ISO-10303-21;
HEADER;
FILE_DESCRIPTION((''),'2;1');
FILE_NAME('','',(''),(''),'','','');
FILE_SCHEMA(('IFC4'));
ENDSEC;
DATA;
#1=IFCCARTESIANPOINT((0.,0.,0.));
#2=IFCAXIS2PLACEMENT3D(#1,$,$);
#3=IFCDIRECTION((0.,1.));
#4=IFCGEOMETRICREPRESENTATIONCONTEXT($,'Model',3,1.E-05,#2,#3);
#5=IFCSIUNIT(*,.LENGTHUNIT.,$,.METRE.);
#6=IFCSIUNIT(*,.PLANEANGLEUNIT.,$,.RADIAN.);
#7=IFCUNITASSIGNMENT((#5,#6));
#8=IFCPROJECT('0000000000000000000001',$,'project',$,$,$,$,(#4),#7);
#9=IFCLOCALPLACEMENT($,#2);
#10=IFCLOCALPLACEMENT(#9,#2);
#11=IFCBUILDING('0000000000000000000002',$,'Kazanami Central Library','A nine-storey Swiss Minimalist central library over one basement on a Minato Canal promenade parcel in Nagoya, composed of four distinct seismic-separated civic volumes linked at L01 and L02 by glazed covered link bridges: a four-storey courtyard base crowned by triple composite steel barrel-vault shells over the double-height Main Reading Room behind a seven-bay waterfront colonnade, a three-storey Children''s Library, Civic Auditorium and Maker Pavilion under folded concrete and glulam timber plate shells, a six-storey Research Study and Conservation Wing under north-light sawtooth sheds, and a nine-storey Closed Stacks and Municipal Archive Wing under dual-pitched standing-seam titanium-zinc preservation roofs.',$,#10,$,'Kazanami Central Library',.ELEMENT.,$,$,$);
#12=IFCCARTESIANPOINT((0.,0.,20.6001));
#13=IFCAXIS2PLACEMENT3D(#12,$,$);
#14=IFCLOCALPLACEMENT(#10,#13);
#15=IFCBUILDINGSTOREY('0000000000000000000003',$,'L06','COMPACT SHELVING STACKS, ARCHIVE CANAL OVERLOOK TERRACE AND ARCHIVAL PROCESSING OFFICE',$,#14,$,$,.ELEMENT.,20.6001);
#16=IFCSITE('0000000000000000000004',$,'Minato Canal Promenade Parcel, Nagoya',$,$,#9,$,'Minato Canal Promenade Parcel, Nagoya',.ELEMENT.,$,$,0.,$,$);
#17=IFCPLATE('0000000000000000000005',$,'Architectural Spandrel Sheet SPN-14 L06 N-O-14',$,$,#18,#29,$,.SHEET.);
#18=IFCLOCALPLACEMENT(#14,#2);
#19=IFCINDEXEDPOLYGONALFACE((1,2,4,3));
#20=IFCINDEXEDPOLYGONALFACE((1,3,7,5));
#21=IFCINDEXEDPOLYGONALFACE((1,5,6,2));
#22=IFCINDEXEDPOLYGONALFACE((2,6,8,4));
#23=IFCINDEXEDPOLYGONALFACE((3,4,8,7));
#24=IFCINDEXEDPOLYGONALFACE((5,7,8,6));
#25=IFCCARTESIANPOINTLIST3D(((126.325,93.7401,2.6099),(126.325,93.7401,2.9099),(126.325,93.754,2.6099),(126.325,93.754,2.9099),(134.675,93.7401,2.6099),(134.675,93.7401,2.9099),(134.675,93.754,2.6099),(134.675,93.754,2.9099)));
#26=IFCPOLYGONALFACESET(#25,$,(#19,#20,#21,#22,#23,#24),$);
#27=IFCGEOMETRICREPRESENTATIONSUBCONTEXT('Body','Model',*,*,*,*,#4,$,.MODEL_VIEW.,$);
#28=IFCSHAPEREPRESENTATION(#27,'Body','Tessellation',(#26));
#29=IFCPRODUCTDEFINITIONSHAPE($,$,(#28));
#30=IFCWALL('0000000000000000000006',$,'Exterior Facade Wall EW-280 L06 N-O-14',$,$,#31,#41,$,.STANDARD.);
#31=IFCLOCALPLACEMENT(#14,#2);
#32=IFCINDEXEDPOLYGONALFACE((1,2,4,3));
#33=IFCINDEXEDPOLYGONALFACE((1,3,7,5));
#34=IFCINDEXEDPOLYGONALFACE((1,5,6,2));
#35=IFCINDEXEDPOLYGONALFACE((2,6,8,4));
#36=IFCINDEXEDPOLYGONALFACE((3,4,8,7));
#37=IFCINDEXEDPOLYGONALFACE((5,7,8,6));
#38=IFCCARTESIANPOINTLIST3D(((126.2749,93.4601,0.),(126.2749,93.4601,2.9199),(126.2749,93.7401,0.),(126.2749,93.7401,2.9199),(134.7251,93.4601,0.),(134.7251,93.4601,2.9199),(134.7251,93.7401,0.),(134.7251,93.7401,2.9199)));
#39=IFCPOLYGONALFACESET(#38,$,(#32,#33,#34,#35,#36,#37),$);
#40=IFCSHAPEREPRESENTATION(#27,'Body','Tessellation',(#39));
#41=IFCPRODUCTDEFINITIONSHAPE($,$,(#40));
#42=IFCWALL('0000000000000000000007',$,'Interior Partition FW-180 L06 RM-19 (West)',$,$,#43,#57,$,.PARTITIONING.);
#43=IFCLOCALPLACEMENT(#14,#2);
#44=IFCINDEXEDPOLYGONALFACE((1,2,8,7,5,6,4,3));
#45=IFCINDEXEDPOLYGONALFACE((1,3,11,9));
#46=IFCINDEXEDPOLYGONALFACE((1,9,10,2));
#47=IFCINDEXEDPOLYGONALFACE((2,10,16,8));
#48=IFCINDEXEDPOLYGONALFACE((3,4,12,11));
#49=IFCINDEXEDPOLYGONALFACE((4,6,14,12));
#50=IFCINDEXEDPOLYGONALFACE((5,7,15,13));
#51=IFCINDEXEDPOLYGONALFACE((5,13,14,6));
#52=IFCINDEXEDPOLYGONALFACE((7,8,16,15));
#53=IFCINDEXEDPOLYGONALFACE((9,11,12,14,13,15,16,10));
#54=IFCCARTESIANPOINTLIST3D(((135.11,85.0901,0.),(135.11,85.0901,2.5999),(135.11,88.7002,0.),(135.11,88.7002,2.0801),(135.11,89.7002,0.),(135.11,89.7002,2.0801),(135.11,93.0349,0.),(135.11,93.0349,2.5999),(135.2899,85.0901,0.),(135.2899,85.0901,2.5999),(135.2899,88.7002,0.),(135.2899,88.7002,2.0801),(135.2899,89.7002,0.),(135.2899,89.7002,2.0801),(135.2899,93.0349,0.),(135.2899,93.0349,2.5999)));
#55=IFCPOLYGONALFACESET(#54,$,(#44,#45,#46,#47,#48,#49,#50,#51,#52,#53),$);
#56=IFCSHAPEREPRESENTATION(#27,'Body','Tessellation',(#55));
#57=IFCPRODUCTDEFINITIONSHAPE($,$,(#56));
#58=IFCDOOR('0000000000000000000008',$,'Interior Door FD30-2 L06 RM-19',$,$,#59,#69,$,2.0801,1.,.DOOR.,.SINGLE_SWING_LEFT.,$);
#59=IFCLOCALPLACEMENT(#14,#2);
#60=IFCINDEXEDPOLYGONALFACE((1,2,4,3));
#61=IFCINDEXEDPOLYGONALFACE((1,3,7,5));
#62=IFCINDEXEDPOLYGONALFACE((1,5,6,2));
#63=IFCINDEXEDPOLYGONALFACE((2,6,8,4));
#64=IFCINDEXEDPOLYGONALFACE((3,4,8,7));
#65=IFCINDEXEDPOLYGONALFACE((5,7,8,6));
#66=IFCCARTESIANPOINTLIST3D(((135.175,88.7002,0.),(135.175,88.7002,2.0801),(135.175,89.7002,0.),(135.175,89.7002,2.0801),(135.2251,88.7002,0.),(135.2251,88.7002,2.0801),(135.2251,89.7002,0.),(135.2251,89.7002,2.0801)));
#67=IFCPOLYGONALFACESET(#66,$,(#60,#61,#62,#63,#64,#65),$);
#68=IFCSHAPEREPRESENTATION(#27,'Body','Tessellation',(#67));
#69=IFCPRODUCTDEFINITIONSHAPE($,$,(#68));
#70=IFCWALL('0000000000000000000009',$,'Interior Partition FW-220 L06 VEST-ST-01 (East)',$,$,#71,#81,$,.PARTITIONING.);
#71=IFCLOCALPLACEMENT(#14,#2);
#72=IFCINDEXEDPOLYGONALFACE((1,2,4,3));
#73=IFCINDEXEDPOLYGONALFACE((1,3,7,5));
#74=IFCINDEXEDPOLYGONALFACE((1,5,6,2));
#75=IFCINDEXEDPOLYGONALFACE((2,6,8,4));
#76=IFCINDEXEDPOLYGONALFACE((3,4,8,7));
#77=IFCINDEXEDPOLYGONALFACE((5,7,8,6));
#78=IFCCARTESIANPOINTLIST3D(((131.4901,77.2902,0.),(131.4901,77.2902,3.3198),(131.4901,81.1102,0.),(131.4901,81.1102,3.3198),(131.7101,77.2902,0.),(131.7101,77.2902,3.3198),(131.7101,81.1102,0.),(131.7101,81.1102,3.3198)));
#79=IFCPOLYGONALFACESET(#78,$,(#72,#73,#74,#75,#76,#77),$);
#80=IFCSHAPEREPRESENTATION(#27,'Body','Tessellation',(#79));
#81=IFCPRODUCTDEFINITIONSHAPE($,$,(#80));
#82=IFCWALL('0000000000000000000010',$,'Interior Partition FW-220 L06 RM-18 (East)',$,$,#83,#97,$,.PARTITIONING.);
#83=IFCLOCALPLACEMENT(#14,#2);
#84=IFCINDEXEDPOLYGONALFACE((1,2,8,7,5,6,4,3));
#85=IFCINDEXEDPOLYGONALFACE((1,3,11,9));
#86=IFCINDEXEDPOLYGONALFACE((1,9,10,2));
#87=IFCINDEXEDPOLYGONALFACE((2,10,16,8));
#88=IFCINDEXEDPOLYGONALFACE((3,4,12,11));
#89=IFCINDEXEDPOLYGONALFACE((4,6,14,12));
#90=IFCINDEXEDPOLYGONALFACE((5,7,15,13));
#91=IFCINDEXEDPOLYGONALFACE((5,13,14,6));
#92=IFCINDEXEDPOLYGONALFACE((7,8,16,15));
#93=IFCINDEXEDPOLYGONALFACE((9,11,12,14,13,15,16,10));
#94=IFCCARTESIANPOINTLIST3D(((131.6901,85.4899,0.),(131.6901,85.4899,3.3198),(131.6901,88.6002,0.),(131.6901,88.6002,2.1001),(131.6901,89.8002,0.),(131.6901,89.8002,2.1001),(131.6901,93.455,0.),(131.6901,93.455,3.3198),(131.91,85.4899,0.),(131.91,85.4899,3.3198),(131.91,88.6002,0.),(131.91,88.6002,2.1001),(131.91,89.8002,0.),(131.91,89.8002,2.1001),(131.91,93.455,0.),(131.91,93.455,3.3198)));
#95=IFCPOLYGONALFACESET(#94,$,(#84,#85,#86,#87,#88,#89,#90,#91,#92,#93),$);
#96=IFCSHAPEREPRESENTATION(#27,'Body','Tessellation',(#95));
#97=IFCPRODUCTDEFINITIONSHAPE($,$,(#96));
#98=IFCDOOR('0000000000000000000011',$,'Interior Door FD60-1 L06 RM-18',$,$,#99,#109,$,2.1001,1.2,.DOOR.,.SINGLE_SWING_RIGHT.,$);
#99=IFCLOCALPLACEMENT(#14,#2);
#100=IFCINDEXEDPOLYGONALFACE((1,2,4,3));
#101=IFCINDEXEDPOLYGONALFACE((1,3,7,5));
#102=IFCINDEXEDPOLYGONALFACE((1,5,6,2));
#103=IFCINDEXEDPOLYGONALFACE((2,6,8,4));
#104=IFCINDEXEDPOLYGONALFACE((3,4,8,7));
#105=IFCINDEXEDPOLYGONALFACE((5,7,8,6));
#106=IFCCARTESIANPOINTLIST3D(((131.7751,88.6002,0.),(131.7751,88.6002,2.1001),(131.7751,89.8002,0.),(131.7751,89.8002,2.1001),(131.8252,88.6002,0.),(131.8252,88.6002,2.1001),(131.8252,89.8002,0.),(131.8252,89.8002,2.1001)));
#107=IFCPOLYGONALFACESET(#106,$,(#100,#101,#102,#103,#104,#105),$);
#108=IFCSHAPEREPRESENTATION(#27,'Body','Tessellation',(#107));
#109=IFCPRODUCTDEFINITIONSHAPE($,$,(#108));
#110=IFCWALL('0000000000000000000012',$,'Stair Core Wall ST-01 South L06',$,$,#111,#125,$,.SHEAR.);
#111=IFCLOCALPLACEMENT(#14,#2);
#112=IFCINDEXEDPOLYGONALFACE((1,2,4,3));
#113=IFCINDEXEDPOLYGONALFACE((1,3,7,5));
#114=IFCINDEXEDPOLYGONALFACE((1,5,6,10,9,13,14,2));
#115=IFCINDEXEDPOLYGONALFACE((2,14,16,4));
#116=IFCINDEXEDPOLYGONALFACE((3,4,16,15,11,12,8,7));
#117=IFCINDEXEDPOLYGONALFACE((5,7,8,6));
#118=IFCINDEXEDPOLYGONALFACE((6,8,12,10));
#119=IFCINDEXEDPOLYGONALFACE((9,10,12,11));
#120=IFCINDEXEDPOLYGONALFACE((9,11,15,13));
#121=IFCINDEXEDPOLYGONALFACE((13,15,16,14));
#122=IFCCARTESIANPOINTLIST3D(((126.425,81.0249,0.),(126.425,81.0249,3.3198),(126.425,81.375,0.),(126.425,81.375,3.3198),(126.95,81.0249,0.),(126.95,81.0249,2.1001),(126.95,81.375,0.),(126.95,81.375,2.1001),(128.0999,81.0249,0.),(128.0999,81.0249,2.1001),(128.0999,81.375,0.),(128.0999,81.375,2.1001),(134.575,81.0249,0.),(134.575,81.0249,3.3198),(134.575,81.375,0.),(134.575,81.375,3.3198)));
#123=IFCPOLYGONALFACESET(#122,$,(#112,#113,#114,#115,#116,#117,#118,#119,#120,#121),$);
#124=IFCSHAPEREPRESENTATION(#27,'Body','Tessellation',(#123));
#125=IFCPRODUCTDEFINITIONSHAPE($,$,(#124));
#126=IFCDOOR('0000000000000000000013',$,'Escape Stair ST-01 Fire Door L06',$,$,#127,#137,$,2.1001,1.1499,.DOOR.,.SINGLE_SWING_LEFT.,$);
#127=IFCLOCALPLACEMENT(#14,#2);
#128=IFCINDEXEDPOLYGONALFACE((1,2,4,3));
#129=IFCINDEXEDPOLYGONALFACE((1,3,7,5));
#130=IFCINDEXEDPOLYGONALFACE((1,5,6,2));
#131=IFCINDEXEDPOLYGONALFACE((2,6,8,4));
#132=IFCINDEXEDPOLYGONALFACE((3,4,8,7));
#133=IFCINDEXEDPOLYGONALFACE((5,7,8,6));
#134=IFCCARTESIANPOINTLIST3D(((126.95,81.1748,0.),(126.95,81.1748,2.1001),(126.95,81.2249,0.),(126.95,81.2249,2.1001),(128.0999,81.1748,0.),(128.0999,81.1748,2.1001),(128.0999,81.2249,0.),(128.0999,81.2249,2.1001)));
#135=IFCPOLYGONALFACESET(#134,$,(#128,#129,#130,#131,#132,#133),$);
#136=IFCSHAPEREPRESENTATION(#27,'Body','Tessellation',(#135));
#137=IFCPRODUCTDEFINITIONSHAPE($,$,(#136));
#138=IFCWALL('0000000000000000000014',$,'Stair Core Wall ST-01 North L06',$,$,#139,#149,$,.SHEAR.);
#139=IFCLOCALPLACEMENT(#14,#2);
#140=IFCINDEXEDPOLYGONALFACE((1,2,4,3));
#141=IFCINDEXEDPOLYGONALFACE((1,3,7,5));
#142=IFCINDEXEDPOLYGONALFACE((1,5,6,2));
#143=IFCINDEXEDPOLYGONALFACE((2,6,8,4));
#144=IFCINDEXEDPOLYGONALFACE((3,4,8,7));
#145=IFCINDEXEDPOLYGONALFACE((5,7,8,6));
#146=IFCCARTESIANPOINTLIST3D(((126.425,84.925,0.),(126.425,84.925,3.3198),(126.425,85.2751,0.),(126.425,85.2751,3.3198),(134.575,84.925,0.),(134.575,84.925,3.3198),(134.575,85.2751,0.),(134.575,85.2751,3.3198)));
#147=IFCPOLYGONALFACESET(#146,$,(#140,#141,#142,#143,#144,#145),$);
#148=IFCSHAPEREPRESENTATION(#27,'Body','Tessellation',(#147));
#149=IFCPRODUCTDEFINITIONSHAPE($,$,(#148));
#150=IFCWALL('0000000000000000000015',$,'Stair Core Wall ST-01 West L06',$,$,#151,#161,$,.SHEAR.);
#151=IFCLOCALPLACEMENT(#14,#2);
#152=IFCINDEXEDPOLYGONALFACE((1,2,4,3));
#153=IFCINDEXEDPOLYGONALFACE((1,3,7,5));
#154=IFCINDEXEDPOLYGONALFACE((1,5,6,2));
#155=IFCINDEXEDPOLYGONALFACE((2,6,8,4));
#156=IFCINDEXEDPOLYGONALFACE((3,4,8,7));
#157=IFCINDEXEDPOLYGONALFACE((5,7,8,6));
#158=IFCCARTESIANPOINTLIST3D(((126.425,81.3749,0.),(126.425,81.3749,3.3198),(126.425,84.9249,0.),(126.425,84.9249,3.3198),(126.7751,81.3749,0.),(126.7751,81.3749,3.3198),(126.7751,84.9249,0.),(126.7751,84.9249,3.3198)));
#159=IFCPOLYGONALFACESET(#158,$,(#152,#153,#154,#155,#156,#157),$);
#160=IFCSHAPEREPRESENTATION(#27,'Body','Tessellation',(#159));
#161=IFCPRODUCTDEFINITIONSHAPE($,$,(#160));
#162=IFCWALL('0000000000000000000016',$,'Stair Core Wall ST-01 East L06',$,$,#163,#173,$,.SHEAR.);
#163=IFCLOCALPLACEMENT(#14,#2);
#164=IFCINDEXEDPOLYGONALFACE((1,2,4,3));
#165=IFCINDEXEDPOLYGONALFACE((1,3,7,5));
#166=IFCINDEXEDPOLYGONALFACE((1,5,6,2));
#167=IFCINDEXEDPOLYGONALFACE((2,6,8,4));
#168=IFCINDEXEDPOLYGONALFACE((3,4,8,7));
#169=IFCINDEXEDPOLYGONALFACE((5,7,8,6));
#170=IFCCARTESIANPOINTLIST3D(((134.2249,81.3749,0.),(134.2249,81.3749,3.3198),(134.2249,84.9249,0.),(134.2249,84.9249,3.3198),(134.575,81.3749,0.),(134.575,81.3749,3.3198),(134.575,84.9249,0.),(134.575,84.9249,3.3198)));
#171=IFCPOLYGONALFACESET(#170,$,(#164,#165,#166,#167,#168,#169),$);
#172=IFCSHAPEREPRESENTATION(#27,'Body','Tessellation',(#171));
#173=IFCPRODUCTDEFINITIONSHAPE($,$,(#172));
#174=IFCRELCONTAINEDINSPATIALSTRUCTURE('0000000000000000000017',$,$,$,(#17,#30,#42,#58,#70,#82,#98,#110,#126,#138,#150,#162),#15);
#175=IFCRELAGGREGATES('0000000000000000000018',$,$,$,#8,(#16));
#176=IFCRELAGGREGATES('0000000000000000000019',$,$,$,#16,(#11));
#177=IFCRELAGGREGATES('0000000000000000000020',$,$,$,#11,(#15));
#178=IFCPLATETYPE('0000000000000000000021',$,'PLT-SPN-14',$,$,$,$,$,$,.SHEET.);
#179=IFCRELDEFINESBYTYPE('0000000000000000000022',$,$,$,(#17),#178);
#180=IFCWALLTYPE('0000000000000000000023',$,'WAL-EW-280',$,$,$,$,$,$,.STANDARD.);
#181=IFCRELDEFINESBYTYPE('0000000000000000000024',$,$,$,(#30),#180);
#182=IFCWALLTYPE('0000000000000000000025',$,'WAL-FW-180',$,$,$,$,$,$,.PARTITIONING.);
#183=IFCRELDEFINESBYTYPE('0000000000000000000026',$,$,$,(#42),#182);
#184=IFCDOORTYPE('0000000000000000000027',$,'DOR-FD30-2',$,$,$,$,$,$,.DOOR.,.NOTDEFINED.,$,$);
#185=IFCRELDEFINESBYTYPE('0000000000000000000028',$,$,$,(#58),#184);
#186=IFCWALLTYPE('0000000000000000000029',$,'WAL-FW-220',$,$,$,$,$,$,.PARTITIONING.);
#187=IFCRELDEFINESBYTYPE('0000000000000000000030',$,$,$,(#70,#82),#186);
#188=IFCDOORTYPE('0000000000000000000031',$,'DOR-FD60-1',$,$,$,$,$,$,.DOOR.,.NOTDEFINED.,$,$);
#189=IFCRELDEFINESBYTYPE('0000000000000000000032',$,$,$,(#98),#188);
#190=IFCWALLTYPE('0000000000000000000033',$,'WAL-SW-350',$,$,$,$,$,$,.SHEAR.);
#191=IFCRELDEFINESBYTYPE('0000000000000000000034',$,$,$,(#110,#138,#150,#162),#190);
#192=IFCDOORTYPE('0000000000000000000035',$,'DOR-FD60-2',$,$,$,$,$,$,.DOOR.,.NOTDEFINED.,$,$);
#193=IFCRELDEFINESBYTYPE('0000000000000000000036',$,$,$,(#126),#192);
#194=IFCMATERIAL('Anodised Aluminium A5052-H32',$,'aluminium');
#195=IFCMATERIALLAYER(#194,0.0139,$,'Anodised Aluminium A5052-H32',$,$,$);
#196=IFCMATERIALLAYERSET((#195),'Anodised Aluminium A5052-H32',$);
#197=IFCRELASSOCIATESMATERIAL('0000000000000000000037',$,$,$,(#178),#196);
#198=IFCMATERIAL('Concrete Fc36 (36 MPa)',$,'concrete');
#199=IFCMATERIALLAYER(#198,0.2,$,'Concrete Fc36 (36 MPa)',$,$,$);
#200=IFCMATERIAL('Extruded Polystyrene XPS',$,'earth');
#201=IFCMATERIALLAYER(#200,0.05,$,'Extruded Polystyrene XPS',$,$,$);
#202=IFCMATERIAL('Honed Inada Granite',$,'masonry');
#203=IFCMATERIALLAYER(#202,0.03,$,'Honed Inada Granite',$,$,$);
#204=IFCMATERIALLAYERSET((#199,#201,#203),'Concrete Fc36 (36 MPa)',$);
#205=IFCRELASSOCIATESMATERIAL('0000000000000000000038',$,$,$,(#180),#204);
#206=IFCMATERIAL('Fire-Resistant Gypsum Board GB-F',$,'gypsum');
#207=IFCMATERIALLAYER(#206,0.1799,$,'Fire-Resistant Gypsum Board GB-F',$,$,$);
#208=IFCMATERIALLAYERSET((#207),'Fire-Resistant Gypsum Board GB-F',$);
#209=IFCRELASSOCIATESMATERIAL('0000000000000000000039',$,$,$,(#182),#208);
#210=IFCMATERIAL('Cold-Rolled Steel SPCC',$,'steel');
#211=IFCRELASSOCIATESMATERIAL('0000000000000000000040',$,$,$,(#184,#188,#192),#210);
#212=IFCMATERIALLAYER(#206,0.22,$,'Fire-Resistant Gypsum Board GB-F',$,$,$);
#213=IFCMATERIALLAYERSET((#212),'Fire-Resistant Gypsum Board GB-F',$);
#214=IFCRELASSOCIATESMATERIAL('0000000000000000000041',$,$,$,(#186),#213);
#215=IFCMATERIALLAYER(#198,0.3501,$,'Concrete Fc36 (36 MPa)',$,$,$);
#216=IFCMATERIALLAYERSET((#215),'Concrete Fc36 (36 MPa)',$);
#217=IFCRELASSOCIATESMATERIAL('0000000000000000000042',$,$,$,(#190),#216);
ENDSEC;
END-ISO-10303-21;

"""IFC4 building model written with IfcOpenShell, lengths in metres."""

from ifc_helpers import new_model, si_unit, direction, frame, frame_2d, origin, origin_2d, place, context, subcontext, project, spatial, rectangle, extrude, material, layer, layer_set, type_object, element, fill, save


model = new_model("IFC4")

# Units and contexts
model_context = context("Model", 3, precision=1e-05, world=origin(), true_north=direction((0.0, 1.0)))
body_context = subcontext(model_context, "Body", "Model", "MODEL_VIEW")
ifc_project = project(units=[si_unit("LENGTHUNIT", "METRE"), si_unit("PLANEANGLEUNIT", "RADIAN")], contexts=[model_context])

# Site, building, storey
site_placement = place(None, origin())
site = spatial("IfcSite", under=ifc_project, at=site_placement, Name="Minato Canal Promenade Parcel, Nagoya", LongName="Minato Canal Promenade Parcel, Nagoya", CompositionType="ELEMENT", RefElevation=0.0)
building_placement = place(site_placement, origin())
building = spatial("IfcBuilding", under=site, at=building_placement, Name="Kazanami Central Library", Description="A nine-storey Swiss Minimalist central library over one basement on a Minato Canal promenade parcel in Nagoya, composed of four distinct seismic-separated civic volumes linked at L01 and L02 by glazed covered link bridges: a four-storey courtyard base crowned by triple composite steel barrel-vault shells over the double-height Main Reading Room behind a seven-bay waterfront colonnade, a three-storey Children's Library, Civic Auditorium and Maker Pavilion under folded concrete and glulam timber plate shells, a six-storey Research Study and Conservation Wing under north-light sawtooth sheds, and a nine-storey Closed Stacks and Municipal Archive Wing under dual-pitched standing-seam titanium-zinc preservation roofs.", LongName="Kazanami Central Library", CompositionType="ELEMENT")
storey_placement = place(building_placement, frame((0.0, 0.0, 20.6001)))
storey = spatial("IfcBuildingStorey", under=building, at=storey_placement, Name="L06", Description="COMPACT SHELVING STACKS, ARCHIVE CANAL OVERLOOK TERRACE AND ARCHIVAL PROCESSING OFFICE", CompositionType="ELEMENT", Elevation=20.6001)

# Plate
ifc_material_1 = material(Name="Anodised Aluminium A5052-H32", Category="aluminium")
ifc_layer_1 = layer(ifc_material_1, 0.0139, Name="Anodised Aluminium A5052-H32")
ifc_layer_set_1 = layer_set([ifc_layer_1], Name="Anodised Aluminium A5052-H32")
plate_type = type_object("IfcPlateType", Name="PLT-SPN-14", PredefinedType="SHEET", material=ifc_layer_set_1)
plate_placement = place(storey_placement, frame((130.5, 93.7471, 2.6099), z_axis=(0.0, 0.0, 1.0), x_axis=(-1.0, 0.0, 0.0)))
element("IfcPlate", 1, at=plate_placement, inside=storey, type_object=plate_type, Name="Architectural Spandrel Sheet SPN-14 L06 N-O-14", PredefinedType="SHEET", context=body_context, shape_type="SweptSolid", body=[
    extrude(rectangle(XDim=8.3501, YDim=0.0139, at=origin_2d()), origin(), (0.0, 0.0, 1.0), 0.3),
])

# Wall
ifc_material_2 = material(Name="Concrete Fc36 (36 MPa)", Category="concrete")
ifc_layer_2 = layer(ifc_material_2, 0.2, Name="Concrete Fc36 (36 MPa)")
ifc_material_3 = material(Name="Extruded Polystyrene XPS", Category="earth")
ifc_layer_3 = layer(ifc_material_3, 0.05, Name="Extruded Polystyrene XPS")
ifc_material_4 = material(Name="Honed Inada Granite", Category="masonry")
ifc_layer_4 = layer(ifc_material_4, 0.03, Name="Honed Inada Granite")
ifc_layer_set_2 = layer_set([ifc_layer_2, ifc_layer_3, ifc_layer_4], Name="Concrete Fc36 (36 MPa)")
wall_type_1 = type_object("IfcWallType", Name="WAL-EW-280", PredefinedType="STANDARD", material=ifc_layer_set_2)
wall_1_placement = place(storey_placement, frame((134.7251, 93.6001, 0.0), z_axis=(0.0, 0.0, 1.0), x_axis=(-1.0, 0.0, 0.0)))
element("IfcWall", 2, at=wall_1_placement, inside=storey, type_object=wall_type_1, Name="Exterior Facade Wall EW-280 L06 N-O-14", PredefinedType="STANDARD", context=body_context, shape_type="SweptSolid", body=[
    extrude(rectangle(XDim=8.4502, YDim=0.28, at=frame_2d((4.2251, 0.0))), origin(), (0.0, 0.0, 1.0), 2.9199),
])

# Wall, opening, door
ifc_material_5 = material(Name="Fire-Resistant Gypsum Board GB-F", Category="gypsum")
ifc_layer_5 = layer(ifc_material_5, 0.1799, Name="Fire-Resistant Gypsum Board GB-F")
ifc_layer_set_3 = layer_set([ifc_layer_5], Name="Fire-Resistant Gypsum Board GB-F")
wall_type_2 = type_object("IfcWallType", Name="WAL-FW-180", PredefinedType="PARTITIONING", material=ifc_layer_set_3)
wall_2_placement = place(storey_placement, frame((135.2, 85.0901, 0.0), z_axis=(0.0, 0.0, 1.0), x_axis=(0.0, 1.0, 0.0)))
wall_2 = element("IfcWall", 3, at=wall_2_placement, inside=storey, type_object=wall_type_2, Name="Interior Partition FW-180 L06 RM-19 (West)", PredefinedType="PARTITIONING", context=body_context, shape_type="SweptSolid", body=[
    extrude(rectangle(XDim=7.9448, YDim=0.1799, at=frame_2d((3.9724, 0.0))), origin(), (0.0, 0.0, 1.0), 2.5999),
])
opening_1_placement = place(wall_2_placement, frame((3.6101, 0.0, 0.0)))
opening_1 = element("IfcOpeningElement", 4, at=opening_1_placement, cuts=wall_2, PredefinedType="OPENING", context=body_context, shape_type="SweptSolid", body=[
    extrude(rectangle(XDim=1.0, YDim=2.0801, at=frame_2d((0.5, 1.04))), frame((0.0, 0.1021, 0.0), z_axis=(0.0, -1.0, 0.0), x_axis=(1.0, 0.0, 0.0)), (0.0, 0.0, 1.0), 0.2039),
])
ifc_material_6 = material(Name="Cold-Rolled Steel SPCC", Category="steel")
door_type_1 = type_object("IfcDoorType", Name="DOR-FD30-2", OperationType="NOTDEFINED", PredefinedType="DOOR", material=ifc_material_6)
door_1_placement = place(opening_1_placement, origin())
door_1 = element("IfcDoor", 5, at=door_1_placement, inside=storey, type_object=door_type_1, Name="Interior Door FD30-2 L06 RM-19", OperationType="SINGLE_SWING_LEFT", OverallHeight=2.0801, OverallWidth=1.0, PredefinedType="DOOR", context=body_context, shape_type="SweptSolid", body=[
    extrude(rectangle(XDim=1.0, YDim=2.0801, at=frame_2d((0.5, 1.04))), frame((0.0, 0.0249, 0.0), z_axis=(0.0, -1.0, 0.0), x_axis=(1.0, 0.0, 0.0)), (0.0, 0.0, 1.0), 0.05),
])
fill(opening_1, door_1)

# Wall
ifc_layer_6 = layer(ifc_material_5, 0.22, Name="Fire-Resistant Gypsum Board GB-F")
ifc_layer_set_4 = layer_set([ifc_layer_6], Name="Fire-Resistant Gypsum Board GB-F")
wall_type_3 = type_object("IfcWallType", Name="WAL-FW-220", PredefinedType="PARTITIONING", material=ifc_layer_set_4)
wall_3_placement = place(storey_placement, frame((131.6001, 77.29, 0.0), z_axis=(0.0, 0.0, 1.0), x_axis=(0.0, 1.0, 0.0)))
element("IfcWall", 6, at=wall_3_placement, inside=storey, type_object=wall_type_3, Name="Interior Partition FW-220 L06 VEST-ST-01 (East)", PredefinedType="PARTITIONING", context=body_context, shape_type="SweptSolid", body=[
    extrude(rectangle(XDim=3.8201, YDim=0.22, at=frame_2d((1.9102, 0.0))), origin(), (0.0, 0.0, 1.0), 3.3198),
])

# Walls, openings, doors
wall_4_placement = place(storey_placement, frame((131.8, 85.49, 0.0), z_axis=(0.0, 0.0, 1.0), x_axis=(0.0, 1.0, 0.0)))
wall_4 = element("IfcWall", 7, at=wall_4_placement, inside=storey, type_object=wall_type_3, Name="Interior Partition FW-220 L06 RM-18 (East)", PredefinedType="PARTITIONING", context=body_context, shape_type="SweptSolid", body=[
    extrude(rectangle(XDim=7.9651, YDim=0.22, at=frame_2d((3.9824, 0.0))), origin(), (0.0, 0.0, 1.0), 3.3198),
])
opening_2_placement = place(wall_4_placement, frame((3.1101, 0.0, 0.0)))
opening_2 = element("IfcOpeningElement", 8, at=opening_2_placement, cuts=wall_4, PredefinedType="OPENING", context=body_context, shape_type="SweptSolid", body=[
    extrude(rectangle(XDim=1.2, YDim=2.1001, at=frame_2d((0.6001, 1.05))), frame((0.0, 0.1221, 0.0), z_axis=(0.0, -1.0, 0.0), x_axis=(1.0, 0.0, 0.0)), (0.0, 0.0, 1.0), 0.2439),
])
door_type_2 = type_object("IfcDoorType", Name="DOR-FD60-1", OperationType="NOTDEFINED", PredefinedType="DOOR", material=ifc_material_6)
door_2_placement = place(opening_2_placement, origin())
door_2 = element("IfcDoor", 9, at=door_2_placement, inside=storey, type_object=door_type_2, Name="Interior Door FD60-1 L06 RM-18", OperationType="SINGLE_SWING_RIGHT", OverallHeight=2.1001, OverallWidth=1.2, PredefinedType="DOOR", context=body_context, shape_type="SweptSolid", body=[
    extrude(rectangle(XDim=1.2, YDim=2.1001, at=frame_2d((0.6001, 1.05))), frame((0.0, 0.0249, 0.0), z_axis=(0.0, -1.0, 0.0), x_axis=(1.0, 0.0, 0.0)), (0.0, 0.0, 1.0), 0.05),
])
fill(opening_2, door_2)
ifc_layer_7 = layer(ifc_material_2, 0.3501, Name="Concrete Fc36 (36 MPa)")
ifc_layer_set_5 = layer_set([ifc_layer_7], Name="Concrete Fc36 (36 MPa)")
wall_type_4 = type_object("IfcWallType", Name="WAL-SW-350", PredefinedType="SHEAR", material=ifc_layer_set_5)
wall_5_placement = place(storey_placement, frame((126.425, 81.2, 0.0), z_axis=(0.0, 0.0, 1.0), x_axis=(1.0, 0.0, 0.0)))
wall_5 = element("IfcWall", 10, at=wall_5_placement, inside=storey, type_object=wall_type_4, Name="Stair Core Wall ST-01 South L06", PredefinedType="SHEAR", context=body_context, shape_type="SweptSolid", body=[
    extrude(rectangle(XDim=8.1499, YDim=0.3501, at=frame_2d((4.075, 0.0))), origin(), (0.0, 0.0, 1.0), 3.3198),
])
opening_3_placement = place(wall_5_placement, frame((0.5249, 0.0, 0.0)))
opening_3 = element("IfcOpeningElement", 11, at=opening_3_placement, cuts=wall_5, PredefinedType="OPENING", context=body_context, shape_type="SweptSolid", body=[
    extrude(rectangle(XDim=1.1499, YDim=2.1001, at=frame_2d((0.575, 1.05))), frame((0.0, 0.187, 0.0), z_axis=(0.0, -1.0, 0.0), x_axis=(1.0, 0.0, 0.0)), (0.0, 0.0, 1.0), 0.374),
])
door_type_3 = type_object("IfcDoorType", Name="DOR-FD60-2", OperationType="NOTDEFINED", PredefinedType="DOOR", material=ifc_material_6)
door_3_placement = place(opening_3_placement, origin())
door_3 = element("IfcDoor", 12, at=door_3_placement, inside=storey, type_object=door_type_3, Name="Escape Stair ST-01 Fire Door L06", OperationType="SINGLE_SWING_LEFT", OverallHeight=2.1001, OverallWidth=1.1499, PredefinedType="DOOR", context=body_context, shape_type="SweptSolid", body=[
    extrude(rectangle(XDim=1.1499, YDim=2.1001, at=frame_2d((0.575, 1.05))), frame((0.0, 0.0249, 0.0), z_axis=(0.0, -1.0, 0.0), x_axis=(1.0, 0.0, 0.0)), (0.0, 0.0, 1.0), 0.05),
])
fill(opening_3, door_3)

# Walls
wall_6_placement = place(storey_placement, frame((126.425, 85.1001, 0.0), z_axis=(0.0, 0.0, 1.0), x_axis=(1.0, 0.0, 0.0)))
element("IfcWall", 13, at=wall_6_placement, inside=storey, type_object=wall_type_4, Name="Stair Core Wall ST-01 North L06", PredefinedType="SHEAR", context=body_context, shape_type="SweptSolid", body=[
    extrude(rectangle(XDim=8.1499, YDim=0.3501, at=frame_2d((4.075, 0.0))), origin(), (0.0, 0.0, 1.0), 3.3198),
])
for number, where, z_axis, x_axis, name in (
    (14, (126.6001, 81.375, 0.0), (0.0, 0.0, 1.0), (0.0, 1.0, 0.0), "Stair Core Wall ST-01 West L06"),
    (15, (134.3999, 81.375, 0.0), (0.0, 0.0, 1.0), (0.0, 1.0, 0.0), "Stair Core Wall ST-01 East L06"),
):
    element("IfcWall", number, at=place(storey_placement, frame(where, z_axis=z_axis, x_axis=x_axis)), inside=storey, type_object=wall_type_4, Name=name, PredefinedType="SHEAR", context=body_context, shape_type="SweptSolid", body=[
        extrude(rectangle(XDim=3.55, YDim=0.3501, at=frame_2d((1.7749, 0.0))), origin(), (0.0, 0.0, 1.0), 3.3198),
    ])

save(model, "model.ifc")
